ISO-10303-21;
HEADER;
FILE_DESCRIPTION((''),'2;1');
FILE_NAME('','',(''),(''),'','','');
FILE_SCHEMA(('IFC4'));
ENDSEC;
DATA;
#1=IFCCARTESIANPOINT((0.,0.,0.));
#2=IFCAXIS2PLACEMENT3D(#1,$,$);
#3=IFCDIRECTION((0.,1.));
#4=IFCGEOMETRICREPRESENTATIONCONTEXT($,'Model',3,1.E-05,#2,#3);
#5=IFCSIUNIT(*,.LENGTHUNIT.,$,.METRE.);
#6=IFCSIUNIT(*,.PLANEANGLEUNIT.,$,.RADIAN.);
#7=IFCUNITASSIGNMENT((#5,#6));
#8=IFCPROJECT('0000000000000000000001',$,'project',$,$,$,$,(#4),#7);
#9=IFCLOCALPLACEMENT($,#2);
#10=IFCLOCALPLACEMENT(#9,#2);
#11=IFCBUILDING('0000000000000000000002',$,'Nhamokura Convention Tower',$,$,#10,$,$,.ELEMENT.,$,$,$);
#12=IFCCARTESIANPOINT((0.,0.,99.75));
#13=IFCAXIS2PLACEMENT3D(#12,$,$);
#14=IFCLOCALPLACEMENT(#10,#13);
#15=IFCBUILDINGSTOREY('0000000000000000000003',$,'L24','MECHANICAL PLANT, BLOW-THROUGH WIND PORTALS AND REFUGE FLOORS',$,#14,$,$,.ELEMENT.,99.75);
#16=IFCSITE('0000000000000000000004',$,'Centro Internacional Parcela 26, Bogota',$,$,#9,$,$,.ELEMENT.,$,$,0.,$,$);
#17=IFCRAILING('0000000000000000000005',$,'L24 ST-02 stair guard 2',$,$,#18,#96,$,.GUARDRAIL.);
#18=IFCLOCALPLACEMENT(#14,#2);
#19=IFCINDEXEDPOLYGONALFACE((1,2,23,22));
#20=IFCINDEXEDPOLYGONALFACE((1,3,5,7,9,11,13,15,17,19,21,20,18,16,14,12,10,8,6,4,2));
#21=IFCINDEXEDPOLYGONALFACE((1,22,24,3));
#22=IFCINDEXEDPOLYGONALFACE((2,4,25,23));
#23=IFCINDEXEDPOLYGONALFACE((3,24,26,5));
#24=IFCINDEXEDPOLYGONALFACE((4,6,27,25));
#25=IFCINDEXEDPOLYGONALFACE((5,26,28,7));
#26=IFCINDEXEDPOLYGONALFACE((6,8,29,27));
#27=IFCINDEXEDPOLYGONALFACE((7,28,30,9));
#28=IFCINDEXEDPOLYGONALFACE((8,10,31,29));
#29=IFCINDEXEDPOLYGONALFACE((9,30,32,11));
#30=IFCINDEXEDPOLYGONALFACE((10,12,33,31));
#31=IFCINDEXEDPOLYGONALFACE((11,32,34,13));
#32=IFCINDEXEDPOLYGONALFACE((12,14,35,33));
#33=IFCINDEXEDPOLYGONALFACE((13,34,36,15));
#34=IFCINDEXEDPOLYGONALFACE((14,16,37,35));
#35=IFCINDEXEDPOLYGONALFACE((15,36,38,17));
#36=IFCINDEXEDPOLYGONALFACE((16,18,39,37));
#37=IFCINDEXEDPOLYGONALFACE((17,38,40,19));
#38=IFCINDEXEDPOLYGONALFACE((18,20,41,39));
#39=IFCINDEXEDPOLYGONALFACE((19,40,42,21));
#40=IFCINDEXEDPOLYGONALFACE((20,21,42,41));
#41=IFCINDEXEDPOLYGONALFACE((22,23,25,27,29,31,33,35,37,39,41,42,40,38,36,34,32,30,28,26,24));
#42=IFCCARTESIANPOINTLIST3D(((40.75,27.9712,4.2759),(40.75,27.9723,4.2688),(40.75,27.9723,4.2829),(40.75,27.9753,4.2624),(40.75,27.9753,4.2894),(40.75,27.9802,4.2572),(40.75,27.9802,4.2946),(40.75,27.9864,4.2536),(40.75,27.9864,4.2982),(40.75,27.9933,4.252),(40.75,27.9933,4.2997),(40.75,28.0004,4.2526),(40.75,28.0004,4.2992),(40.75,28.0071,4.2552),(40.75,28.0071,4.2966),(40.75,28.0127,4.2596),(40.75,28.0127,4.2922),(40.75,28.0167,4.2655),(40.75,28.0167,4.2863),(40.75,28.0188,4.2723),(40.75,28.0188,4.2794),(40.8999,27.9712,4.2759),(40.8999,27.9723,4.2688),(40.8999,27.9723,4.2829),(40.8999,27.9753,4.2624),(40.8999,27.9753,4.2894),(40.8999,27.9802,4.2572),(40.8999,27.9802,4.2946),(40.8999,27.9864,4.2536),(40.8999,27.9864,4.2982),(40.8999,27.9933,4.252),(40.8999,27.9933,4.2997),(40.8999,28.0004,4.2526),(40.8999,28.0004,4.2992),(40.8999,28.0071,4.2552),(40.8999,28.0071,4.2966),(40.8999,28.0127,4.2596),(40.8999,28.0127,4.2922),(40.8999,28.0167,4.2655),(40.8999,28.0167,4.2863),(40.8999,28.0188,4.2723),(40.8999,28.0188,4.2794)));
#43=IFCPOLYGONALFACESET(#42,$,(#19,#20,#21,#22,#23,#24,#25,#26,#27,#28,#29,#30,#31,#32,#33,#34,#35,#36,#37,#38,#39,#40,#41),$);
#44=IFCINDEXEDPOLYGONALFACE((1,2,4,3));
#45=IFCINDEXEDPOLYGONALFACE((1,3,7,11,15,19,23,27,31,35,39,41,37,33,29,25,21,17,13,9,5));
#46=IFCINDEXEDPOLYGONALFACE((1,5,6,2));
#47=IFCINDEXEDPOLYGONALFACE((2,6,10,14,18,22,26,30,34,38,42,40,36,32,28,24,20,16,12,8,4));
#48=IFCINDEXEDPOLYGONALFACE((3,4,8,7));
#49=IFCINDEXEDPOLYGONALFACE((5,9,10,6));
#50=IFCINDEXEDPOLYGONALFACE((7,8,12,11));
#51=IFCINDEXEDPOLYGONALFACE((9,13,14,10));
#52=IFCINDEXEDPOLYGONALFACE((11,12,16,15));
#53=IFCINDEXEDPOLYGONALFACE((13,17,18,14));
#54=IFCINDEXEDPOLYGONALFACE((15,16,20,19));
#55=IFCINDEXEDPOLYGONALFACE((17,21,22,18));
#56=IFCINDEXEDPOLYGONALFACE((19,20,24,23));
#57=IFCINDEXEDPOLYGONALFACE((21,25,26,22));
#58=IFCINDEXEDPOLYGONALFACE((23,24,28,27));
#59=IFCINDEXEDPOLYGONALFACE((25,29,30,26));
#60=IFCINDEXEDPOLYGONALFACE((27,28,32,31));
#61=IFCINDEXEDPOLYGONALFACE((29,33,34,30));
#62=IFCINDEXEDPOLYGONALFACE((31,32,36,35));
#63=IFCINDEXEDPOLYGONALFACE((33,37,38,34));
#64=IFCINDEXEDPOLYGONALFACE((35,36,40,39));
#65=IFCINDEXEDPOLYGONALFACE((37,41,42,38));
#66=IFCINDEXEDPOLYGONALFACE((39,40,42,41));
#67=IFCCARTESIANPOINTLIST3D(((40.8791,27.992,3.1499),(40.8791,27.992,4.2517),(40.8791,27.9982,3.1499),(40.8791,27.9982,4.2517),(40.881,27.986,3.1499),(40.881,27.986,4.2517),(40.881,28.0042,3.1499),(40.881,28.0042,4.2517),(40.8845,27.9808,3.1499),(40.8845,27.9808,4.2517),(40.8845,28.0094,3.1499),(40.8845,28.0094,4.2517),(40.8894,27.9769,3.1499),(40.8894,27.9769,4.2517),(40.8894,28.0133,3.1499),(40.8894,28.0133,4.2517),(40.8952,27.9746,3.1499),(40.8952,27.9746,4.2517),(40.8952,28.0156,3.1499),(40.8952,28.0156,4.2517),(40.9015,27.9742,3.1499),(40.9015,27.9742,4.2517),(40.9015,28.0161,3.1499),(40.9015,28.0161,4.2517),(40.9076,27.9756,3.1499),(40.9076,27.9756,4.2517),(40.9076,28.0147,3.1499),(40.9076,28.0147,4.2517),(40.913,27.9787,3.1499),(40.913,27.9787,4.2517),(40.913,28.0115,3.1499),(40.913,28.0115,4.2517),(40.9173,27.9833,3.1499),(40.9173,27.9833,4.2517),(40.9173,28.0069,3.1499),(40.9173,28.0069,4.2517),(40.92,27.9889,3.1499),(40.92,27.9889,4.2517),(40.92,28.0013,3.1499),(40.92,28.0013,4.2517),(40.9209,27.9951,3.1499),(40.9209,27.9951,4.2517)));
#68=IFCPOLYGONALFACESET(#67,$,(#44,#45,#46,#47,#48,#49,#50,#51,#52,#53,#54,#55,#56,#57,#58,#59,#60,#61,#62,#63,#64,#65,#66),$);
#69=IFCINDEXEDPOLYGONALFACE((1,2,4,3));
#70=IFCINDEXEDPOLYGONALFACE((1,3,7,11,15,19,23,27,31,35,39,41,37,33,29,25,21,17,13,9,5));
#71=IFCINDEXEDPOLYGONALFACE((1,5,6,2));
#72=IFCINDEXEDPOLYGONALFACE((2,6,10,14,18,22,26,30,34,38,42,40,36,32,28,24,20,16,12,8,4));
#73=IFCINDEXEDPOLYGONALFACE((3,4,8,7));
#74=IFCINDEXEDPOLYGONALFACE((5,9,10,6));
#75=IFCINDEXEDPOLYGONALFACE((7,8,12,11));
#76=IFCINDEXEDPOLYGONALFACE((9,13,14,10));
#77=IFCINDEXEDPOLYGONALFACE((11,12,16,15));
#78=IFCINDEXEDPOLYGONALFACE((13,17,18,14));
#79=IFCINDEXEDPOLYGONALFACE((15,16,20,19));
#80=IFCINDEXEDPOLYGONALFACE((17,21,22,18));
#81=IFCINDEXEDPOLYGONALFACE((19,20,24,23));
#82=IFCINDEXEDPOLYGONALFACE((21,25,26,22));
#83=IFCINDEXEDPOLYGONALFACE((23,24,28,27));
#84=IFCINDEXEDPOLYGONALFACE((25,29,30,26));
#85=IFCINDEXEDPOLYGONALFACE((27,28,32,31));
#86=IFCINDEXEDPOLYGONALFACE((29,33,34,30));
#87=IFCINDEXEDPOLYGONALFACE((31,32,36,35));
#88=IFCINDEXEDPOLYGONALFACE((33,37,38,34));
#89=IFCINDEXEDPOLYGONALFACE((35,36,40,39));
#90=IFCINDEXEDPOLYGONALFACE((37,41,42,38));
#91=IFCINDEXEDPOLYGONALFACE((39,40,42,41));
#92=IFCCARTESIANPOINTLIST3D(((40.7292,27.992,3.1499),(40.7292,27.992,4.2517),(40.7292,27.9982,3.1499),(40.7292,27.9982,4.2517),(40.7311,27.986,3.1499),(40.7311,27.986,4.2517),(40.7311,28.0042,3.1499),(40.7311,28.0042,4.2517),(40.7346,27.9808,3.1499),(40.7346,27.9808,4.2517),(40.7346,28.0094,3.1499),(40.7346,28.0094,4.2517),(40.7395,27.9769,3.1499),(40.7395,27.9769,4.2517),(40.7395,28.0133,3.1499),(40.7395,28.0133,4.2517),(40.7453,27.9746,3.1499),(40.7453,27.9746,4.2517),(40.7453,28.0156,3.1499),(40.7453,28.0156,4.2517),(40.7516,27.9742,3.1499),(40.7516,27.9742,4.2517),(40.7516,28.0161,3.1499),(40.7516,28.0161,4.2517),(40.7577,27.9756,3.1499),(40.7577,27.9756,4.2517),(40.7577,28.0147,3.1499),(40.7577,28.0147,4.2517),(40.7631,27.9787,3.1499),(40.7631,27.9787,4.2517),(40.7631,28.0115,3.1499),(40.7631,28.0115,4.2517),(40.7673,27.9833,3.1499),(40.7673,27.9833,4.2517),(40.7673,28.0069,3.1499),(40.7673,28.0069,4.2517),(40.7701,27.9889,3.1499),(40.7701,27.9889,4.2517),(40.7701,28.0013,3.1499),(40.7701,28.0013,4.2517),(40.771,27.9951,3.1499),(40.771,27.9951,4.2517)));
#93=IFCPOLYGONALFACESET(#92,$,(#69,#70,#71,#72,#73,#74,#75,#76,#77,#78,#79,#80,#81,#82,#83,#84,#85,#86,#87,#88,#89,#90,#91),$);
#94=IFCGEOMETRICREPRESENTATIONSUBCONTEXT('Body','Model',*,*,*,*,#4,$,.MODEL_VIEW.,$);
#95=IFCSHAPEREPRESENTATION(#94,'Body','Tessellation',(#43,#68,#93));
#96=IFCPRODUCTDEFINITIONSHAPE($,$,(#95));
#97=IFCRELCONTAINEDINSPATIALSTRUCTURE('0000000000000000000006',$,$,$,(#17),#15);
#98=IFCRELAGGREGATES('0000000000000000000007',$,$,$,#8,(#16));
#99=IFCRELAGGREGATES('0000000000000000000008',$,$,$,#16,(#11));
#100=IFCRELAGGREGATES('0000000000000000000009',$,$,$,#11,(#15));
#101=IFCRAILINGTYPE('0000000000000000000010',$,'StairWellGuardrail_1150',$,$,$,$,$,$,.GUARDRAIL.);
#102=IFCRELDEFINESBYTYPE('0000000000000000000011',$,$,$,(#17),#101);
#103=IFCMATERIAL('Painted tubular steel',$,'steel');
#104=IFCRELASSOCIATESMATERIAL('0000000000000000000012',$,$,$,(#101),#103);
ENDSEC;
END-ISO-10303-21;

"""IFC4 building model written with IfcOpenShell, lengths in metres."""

from ifc_helpers import new_model, si_unit, direction, frame, origin, origin_2d, place, context, subcontext, project, spatial, circle, extrude, material, type_object, element, save


model = new_model("IFC4")

# Units and contexts
model_context = context("Model", 3, precision=1e-05, world=origin(), true_north=direction((0.0, 1.0)))
body_context = subcontext(model_context, "Body", "Model", "MODEL_VIEW")
ifc_project = project(units=[si_unit("LENGTHUNIT", "METRE"), si_unit("PLANEANGLEUNIT", "RADIAN")], contexts=[model_context])

# Site, building, storey
site_placement = place(None, origin())
site = spatial("IfcSite", under=ifc_project, at=site_placement, Name="Centro Internacional Parcela 26, Bogota", CompositionType="ELEMENT", RefElevation=0.0)
building_placement = place(site_placement, origin())
building = spatial("IfcBuilding", under=site, at=building_placement, Name="Nhamokura Convention Tower", CompositionType="ELEMENT")
storey_placement = place(building_placement, frame((0.0, 0.0, 99.75)))
storey = spatial("IfcBuildingStorey", under=building, at=storey_placement, Name="L24", Description="MECHANICAL PLANT, BLOW-THROUGH WIND PORTALS AND REFUGE FLOORS", CompositionType="ELEMENT", Elevation=99.75)

# Railing
ifc_material_1 = material(Name="Painted tubular steel", Category="steel")
railing_type_1 = type_object("IfcRailingType", Name="StairWellGuardrail_1150", PredefinedType="GUARDRAIL", material=ifc_material_1)
railing_1_placement = place(storey_placement, frame((40.8999, 27.9951, 3.1499)))
element("IfcRailing", 1, at=railing_1_placement, inside=storey, type_object=railing_type_1, Name="L24 ST-02 stair guard 2", PredefinedType="GUARDRAIL", context=body_context, shape_type="SweptSolid", body=[
    extrude(circle(Radius=0.0239, at=origin_2d()), frame((0.0, 0.0, 1.126), z_axis=(-1.0, 0.0, 0.0), x_axis=(0.0, -1.0, 0.0)), (0.0, 0.0, 1.0), 0.1499),
    extrude(circle(Radius=0.021, at=origin_2d()), origin(), (0.0, 0.0, 1.0), 1.1018),
    extrude(circle(Radius=0.021, at=origin_2d()), frame((-0.1499, 0.0, 0.0)), (0.0, 0.0, 1.0), 1.1018),
])

save(model, "model.ifc")
